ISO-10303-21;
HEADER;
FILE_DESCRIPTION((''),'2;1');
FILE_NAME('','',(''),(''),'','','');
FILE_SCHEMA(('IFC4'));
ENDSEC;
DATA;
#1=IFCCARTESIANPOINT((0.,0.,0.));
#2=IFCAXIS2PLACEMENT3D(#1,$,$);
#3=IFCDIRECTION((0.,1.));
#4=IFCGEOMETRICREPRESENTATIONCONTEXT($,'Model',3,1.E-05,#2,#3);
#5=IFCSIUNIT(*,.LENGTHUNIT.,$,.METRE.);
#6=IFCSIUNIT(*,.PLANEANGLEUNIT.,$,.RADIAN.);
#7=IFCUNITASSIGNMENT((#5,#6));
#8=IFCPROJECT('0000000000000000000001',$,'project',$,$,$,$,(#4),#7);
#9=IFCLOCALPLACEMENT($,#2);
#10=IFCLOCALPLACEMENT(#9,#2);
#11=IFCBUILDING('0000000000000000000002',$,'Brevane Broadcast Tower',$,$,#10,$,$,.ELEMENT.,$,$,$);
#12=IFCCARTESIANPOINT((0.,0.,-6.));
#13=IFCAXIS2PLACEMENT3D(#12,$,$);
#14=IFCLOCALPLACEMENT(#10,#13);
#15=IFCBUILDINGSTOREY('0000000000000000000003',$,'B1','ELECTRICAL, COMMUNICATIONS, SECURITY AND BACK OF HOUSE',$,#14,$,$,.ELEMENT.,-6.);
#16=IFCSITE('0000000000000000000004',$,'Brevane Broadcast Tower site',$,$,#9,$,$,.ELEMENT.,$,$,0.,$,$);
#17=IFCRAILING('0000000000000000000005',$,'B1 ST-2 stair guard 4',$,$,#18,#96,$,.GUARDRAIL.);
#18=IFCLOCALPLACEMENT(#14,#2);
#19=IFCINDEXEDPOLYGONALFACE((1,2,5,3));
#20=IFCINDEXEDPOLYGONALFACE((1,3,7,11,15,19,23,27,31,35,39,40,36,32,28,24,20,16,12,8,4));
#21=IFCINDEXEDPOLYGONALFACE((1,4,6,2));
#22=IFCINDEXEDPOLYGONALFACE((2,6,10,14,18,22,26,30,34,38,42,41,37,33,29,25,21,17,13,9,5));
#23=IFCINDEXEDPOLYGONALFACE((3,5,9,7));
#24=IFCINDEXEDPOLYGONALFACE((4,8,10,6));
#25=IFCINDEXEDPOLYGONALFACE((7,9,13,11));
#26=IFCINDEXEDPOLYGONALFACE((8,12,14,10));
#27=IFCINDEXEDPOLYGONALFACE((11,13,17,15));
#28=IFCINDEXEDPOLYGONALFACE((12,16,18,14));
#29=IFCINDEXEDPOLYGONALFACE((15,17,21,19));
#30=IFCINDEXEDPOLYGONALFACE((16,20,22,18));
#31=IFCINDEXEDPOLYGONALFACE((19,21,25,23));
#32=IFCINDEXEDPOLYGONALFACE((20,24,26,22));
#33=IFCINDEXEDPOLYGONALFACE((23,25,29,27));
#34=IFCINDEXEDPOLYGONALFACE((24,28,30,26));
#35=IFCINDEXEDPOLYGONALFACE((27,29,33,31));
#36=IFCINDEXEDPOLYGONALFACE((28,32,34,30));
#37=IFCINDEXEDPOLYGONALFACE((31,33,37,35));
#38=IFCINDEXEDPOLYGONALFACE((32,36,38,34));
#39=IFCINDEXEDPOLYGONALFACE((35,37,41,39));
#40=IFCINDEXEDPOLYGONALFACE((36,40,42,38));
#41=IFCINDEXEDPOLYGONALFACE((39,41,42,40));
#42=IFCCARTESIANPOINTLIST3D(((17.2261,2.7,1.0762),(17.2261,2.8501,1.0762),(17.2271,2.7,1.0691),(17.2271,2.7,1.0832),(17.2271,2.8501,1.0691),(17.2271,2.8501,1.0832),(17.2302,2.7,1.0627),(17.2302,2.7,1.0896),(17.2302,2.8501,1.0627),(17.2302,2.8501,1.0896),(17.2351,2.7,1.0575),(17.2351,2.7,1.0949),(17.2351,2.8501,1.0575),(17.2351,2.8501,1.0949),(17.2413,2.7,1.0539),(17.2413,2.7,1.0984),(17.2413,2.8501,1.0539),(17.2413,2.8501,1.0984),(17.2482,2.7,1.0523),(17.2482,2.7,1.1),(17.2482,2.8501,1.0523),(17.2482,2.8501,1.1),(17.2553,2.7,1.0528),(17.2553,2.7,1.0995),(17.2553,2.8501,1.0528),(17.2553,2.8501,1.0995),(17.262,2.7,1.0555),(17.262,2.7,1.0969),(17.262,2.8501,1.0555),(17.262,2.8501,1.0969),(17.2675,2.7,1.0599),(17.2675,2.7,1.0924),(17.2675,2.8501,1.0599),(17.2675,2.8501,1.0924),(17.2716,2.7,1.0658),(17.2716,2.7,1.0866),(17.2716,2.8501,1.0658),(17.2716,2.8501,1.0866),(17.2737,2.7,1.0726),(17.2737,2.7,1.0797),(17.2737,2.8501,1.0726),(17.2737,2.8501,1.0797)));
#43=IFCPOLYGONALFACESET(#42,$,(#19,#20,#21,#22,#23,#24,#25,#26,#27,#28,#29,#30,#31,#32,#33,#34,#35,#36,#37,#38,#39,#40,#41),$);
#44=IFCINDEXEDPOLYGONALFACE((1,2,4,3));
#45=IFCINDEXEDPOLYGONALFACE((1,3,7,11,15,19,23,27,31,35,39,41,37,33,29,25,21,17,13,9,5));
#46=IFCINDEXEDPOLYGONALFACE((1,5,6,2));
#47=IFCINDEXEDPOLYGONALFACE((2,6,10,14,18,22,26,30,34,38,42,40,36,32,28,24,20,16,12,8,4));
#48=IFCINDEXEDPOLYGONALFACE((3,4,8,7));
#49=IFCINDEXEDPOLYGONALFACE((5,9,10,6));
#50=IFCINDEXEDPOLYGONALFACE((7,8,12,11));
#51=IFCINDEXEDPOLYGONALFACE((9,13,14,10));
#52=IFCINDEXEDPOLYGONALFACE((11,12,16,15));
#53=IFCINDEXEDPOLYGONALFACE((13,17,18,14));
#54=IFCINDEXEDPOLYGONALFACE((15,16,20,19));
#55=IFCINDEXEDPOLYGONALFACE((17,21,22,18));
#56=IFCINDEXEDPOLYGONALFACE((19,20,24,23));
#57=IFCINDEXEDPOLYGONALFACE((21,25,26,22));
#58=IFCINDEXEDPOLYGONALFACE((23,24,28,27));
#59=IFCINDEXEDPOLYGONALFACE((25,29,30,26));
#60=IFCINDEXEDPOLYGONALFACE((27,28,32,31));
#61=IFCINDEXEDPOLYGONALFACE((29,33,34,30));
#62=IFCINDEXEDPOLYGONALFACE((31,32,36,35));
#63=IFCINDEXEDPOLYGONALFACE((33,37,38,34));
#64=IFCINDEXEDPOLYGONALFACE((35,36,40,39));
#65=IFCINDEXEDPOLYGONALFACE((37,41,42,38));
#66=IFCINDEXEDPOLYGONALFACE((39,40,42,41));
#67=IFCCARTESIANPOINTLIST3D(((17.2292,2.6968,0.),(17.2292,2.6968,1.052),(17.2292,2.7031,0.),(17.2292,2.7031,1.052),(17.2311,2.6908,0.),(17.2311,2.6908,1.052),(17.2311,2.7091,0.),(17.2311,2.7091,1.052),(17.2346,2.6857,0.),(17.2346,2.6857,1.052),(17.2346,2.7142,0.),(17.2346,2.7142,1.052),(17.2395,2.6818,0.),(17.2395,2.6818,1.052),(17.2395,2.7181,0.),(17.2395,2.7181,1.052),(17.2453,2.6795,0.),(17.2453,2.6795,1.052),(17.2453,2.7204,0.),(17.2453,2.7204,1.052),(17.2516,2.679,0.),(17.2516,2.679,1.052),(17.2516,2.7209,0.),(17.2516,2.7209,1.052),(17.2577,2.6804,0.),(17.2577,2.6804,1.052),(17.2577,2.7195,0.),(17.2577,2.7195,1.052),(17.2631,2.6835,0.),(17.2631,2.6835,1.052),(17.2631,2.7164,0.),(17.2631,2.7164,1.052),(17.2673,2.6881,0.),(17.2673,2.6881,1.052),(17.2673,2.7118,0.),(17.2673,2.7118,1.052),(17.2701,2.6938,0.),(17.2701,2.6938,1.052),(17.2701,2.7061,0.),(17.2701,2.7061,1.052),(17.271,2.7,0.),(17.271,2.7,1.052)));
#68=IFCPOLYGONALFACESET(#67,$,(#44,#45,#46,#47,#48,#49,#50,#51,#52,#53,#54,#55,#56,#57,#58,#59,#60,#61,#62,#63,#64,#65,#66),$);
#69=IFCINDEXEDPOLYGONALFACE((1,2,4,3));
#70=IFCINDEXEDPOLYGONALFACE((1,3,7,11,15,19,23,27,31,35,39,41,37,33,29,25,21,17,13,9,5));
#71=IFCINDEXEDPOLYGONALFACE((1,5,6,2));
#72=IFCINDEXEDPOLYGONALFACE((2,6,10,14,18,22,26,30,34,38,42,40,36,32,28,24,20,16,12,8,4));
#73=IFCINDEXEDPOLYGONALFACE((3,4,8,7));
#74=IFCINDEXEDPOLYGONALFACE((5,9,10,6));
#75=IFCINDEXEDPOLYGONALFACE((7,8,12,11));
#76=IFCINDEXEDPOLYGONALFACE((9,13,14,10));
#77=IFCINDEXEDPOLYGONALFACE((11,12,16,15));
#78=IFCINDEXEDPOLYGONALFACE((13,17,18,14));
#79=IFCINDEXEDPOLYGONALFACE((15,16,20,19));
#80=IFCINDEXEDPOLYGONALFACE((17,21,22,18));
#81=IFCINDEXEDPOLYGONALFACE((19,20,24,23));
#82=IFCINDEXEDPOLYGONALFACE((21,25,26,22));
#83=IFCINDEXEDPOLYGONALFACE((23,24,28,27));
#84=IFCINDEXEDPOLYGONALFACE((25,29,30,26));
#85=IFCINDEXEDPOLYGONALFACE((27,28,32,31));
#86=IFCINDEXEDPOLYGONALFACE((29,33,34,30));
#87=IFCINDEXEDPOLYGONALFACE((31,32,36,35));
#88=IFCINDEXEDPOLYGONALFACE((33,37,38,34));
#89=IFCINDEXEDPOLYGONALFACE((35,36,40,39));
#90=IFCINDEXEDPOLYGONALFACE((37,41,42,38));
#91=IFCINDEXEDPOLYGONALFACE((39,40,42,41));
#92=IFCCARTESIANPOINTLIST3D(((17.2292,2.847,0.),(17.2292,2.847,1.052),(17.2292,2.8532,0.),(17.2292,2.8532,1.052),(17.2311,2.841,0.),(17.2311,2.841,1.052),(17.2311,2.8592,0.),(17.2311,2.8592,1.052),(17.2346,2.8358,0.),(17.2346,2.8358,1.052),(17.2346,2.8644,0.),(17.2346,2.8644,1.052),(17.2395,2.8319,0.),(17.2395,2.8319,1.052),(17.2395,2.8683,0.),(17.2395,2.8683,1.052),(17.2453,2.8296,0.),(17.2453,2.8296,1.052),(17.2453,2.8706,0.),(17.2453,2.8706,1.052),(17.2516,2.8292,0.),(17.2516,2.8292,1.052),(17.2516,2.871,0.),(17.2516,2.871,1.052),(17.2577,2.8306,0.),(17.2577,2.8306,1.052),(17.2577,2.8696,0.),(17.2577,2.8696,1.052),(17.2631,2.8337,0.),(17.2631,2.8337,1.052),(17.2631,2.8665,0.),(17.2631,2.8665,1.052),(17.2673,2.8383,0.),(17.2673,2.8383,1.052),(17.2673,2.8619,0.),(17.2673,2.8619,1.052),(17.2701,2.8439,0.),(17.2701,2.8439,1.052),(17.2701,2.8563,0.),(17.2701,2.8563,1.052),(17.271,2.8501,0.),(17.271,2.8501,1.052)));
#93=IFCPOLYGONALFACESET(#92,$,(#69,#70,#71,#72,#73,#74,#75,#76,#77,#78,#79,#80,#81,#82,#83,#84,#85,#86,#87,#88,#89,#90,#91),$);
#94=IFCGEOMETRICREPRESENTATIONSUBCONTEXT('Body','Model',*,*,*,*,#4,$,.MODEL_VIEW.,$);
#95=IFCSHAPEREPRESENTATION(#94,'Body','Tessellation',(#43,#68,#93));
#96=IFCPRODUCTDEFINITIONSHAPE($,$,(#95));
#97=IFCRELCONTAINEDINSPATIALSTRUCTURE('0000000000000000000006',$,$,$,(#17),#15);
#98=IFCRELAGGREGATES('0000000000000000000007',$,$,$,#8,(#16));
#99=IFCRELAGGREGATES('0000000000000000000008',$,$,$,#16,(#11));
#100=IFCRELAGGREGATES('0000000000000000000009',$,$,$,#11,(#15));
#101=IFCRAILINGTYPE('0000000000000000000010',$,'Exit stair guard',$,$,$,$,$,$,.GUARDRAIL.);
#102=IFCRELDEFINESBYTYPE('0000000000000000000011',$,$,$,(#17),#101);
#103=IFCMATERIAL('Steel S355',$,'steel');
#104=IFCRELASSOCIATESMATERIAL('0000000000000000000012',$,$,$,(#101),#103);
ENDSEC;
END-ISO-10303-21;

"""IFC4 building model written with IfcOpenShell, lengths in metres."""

from ifc_helpers import new_model, si_unit, direction, frame, origin, origin_2d, place, context, subcontext, project, spatial, circle, extrude, material, type_object, element, save


model = new_model("IFC4")

# Units and contexts
model_context = context("Model", 3, precision=1e-05, world=origin(), true_north=direction((0.0, 1.0)))
body_context = subcontext(model_context, "Body", "Model", "MODEL_VIEW")
ifc_project = project(units=[si_unit("LENGTHUNIT", "METRE"), si_unit("PLANEANGLEUNIT", "RADIAN")], contexts=[model_context])

# Site, building, storey
site_placement = place(None, origin())
site = spatial("IfcSite", under=ifc_project, at=site_placement, Name="Brevane Broadcast Tower site", CompositionType="ELEMENT", RefElevation=0.0)
building_placement = place(site_placement, origin())
building = spatial("IfcBuilding", under=site, at=building_placement, Name="Brevane Broadcast Tower", CompositionType="ELEMENT")
storey_placement = place(building_placement, frame((0.0, 0.0, -6.0)))
storey = spatial("IfcBuildingStorey", under=building, at=storey_placement, Name="B1", Description="ELECTRICAL, COMMUNICATIONS, SECURITY AND BACK OF HOUSE", CompositionType="ELEMENT", Elevation=-6.0)

# Railing
ifc_material_1 = material(Name="Steel S355", Category="steel")
railing_type_1 = type_object("IfcRailingType", Name="Exit stair guard", PredefinedType="GUARDRAIL", material=ifc_material_1)
railing_1_placement = place(storey_placement, frame((17.25, 2.7, 0.0)))
element("IfcRailing", 1, at=railing_1_placement, inside=storey, type_object=railing_type_1, Name="B1 ST-2 stair guard 4", PredefinedType="GUARDRAIL", context=body_context, shape_type="SweptSolid", body=[
    extrude(circle(Radius=0.0239, at=origin_2d()), frame((0.0, 0.0, 1.0762), z_axis=(0.0, 1.0, 0.0), x_axis=(-1.0, 0.0, 0.0)), (0.0, 0.0, 1.0), 0.1501),
    extrude(circle(Radius=0.021, at=origin_2d()), origin(), (0.0, 0.0, 1.0), 1.052),
    extrude(circle(Radius=0.021, at=origin_2d()), frame((0.0, 0.1501, 0.0)), (0.0, 0.0, 1.0), 1.052),
])

save(model, "model.ifc")
